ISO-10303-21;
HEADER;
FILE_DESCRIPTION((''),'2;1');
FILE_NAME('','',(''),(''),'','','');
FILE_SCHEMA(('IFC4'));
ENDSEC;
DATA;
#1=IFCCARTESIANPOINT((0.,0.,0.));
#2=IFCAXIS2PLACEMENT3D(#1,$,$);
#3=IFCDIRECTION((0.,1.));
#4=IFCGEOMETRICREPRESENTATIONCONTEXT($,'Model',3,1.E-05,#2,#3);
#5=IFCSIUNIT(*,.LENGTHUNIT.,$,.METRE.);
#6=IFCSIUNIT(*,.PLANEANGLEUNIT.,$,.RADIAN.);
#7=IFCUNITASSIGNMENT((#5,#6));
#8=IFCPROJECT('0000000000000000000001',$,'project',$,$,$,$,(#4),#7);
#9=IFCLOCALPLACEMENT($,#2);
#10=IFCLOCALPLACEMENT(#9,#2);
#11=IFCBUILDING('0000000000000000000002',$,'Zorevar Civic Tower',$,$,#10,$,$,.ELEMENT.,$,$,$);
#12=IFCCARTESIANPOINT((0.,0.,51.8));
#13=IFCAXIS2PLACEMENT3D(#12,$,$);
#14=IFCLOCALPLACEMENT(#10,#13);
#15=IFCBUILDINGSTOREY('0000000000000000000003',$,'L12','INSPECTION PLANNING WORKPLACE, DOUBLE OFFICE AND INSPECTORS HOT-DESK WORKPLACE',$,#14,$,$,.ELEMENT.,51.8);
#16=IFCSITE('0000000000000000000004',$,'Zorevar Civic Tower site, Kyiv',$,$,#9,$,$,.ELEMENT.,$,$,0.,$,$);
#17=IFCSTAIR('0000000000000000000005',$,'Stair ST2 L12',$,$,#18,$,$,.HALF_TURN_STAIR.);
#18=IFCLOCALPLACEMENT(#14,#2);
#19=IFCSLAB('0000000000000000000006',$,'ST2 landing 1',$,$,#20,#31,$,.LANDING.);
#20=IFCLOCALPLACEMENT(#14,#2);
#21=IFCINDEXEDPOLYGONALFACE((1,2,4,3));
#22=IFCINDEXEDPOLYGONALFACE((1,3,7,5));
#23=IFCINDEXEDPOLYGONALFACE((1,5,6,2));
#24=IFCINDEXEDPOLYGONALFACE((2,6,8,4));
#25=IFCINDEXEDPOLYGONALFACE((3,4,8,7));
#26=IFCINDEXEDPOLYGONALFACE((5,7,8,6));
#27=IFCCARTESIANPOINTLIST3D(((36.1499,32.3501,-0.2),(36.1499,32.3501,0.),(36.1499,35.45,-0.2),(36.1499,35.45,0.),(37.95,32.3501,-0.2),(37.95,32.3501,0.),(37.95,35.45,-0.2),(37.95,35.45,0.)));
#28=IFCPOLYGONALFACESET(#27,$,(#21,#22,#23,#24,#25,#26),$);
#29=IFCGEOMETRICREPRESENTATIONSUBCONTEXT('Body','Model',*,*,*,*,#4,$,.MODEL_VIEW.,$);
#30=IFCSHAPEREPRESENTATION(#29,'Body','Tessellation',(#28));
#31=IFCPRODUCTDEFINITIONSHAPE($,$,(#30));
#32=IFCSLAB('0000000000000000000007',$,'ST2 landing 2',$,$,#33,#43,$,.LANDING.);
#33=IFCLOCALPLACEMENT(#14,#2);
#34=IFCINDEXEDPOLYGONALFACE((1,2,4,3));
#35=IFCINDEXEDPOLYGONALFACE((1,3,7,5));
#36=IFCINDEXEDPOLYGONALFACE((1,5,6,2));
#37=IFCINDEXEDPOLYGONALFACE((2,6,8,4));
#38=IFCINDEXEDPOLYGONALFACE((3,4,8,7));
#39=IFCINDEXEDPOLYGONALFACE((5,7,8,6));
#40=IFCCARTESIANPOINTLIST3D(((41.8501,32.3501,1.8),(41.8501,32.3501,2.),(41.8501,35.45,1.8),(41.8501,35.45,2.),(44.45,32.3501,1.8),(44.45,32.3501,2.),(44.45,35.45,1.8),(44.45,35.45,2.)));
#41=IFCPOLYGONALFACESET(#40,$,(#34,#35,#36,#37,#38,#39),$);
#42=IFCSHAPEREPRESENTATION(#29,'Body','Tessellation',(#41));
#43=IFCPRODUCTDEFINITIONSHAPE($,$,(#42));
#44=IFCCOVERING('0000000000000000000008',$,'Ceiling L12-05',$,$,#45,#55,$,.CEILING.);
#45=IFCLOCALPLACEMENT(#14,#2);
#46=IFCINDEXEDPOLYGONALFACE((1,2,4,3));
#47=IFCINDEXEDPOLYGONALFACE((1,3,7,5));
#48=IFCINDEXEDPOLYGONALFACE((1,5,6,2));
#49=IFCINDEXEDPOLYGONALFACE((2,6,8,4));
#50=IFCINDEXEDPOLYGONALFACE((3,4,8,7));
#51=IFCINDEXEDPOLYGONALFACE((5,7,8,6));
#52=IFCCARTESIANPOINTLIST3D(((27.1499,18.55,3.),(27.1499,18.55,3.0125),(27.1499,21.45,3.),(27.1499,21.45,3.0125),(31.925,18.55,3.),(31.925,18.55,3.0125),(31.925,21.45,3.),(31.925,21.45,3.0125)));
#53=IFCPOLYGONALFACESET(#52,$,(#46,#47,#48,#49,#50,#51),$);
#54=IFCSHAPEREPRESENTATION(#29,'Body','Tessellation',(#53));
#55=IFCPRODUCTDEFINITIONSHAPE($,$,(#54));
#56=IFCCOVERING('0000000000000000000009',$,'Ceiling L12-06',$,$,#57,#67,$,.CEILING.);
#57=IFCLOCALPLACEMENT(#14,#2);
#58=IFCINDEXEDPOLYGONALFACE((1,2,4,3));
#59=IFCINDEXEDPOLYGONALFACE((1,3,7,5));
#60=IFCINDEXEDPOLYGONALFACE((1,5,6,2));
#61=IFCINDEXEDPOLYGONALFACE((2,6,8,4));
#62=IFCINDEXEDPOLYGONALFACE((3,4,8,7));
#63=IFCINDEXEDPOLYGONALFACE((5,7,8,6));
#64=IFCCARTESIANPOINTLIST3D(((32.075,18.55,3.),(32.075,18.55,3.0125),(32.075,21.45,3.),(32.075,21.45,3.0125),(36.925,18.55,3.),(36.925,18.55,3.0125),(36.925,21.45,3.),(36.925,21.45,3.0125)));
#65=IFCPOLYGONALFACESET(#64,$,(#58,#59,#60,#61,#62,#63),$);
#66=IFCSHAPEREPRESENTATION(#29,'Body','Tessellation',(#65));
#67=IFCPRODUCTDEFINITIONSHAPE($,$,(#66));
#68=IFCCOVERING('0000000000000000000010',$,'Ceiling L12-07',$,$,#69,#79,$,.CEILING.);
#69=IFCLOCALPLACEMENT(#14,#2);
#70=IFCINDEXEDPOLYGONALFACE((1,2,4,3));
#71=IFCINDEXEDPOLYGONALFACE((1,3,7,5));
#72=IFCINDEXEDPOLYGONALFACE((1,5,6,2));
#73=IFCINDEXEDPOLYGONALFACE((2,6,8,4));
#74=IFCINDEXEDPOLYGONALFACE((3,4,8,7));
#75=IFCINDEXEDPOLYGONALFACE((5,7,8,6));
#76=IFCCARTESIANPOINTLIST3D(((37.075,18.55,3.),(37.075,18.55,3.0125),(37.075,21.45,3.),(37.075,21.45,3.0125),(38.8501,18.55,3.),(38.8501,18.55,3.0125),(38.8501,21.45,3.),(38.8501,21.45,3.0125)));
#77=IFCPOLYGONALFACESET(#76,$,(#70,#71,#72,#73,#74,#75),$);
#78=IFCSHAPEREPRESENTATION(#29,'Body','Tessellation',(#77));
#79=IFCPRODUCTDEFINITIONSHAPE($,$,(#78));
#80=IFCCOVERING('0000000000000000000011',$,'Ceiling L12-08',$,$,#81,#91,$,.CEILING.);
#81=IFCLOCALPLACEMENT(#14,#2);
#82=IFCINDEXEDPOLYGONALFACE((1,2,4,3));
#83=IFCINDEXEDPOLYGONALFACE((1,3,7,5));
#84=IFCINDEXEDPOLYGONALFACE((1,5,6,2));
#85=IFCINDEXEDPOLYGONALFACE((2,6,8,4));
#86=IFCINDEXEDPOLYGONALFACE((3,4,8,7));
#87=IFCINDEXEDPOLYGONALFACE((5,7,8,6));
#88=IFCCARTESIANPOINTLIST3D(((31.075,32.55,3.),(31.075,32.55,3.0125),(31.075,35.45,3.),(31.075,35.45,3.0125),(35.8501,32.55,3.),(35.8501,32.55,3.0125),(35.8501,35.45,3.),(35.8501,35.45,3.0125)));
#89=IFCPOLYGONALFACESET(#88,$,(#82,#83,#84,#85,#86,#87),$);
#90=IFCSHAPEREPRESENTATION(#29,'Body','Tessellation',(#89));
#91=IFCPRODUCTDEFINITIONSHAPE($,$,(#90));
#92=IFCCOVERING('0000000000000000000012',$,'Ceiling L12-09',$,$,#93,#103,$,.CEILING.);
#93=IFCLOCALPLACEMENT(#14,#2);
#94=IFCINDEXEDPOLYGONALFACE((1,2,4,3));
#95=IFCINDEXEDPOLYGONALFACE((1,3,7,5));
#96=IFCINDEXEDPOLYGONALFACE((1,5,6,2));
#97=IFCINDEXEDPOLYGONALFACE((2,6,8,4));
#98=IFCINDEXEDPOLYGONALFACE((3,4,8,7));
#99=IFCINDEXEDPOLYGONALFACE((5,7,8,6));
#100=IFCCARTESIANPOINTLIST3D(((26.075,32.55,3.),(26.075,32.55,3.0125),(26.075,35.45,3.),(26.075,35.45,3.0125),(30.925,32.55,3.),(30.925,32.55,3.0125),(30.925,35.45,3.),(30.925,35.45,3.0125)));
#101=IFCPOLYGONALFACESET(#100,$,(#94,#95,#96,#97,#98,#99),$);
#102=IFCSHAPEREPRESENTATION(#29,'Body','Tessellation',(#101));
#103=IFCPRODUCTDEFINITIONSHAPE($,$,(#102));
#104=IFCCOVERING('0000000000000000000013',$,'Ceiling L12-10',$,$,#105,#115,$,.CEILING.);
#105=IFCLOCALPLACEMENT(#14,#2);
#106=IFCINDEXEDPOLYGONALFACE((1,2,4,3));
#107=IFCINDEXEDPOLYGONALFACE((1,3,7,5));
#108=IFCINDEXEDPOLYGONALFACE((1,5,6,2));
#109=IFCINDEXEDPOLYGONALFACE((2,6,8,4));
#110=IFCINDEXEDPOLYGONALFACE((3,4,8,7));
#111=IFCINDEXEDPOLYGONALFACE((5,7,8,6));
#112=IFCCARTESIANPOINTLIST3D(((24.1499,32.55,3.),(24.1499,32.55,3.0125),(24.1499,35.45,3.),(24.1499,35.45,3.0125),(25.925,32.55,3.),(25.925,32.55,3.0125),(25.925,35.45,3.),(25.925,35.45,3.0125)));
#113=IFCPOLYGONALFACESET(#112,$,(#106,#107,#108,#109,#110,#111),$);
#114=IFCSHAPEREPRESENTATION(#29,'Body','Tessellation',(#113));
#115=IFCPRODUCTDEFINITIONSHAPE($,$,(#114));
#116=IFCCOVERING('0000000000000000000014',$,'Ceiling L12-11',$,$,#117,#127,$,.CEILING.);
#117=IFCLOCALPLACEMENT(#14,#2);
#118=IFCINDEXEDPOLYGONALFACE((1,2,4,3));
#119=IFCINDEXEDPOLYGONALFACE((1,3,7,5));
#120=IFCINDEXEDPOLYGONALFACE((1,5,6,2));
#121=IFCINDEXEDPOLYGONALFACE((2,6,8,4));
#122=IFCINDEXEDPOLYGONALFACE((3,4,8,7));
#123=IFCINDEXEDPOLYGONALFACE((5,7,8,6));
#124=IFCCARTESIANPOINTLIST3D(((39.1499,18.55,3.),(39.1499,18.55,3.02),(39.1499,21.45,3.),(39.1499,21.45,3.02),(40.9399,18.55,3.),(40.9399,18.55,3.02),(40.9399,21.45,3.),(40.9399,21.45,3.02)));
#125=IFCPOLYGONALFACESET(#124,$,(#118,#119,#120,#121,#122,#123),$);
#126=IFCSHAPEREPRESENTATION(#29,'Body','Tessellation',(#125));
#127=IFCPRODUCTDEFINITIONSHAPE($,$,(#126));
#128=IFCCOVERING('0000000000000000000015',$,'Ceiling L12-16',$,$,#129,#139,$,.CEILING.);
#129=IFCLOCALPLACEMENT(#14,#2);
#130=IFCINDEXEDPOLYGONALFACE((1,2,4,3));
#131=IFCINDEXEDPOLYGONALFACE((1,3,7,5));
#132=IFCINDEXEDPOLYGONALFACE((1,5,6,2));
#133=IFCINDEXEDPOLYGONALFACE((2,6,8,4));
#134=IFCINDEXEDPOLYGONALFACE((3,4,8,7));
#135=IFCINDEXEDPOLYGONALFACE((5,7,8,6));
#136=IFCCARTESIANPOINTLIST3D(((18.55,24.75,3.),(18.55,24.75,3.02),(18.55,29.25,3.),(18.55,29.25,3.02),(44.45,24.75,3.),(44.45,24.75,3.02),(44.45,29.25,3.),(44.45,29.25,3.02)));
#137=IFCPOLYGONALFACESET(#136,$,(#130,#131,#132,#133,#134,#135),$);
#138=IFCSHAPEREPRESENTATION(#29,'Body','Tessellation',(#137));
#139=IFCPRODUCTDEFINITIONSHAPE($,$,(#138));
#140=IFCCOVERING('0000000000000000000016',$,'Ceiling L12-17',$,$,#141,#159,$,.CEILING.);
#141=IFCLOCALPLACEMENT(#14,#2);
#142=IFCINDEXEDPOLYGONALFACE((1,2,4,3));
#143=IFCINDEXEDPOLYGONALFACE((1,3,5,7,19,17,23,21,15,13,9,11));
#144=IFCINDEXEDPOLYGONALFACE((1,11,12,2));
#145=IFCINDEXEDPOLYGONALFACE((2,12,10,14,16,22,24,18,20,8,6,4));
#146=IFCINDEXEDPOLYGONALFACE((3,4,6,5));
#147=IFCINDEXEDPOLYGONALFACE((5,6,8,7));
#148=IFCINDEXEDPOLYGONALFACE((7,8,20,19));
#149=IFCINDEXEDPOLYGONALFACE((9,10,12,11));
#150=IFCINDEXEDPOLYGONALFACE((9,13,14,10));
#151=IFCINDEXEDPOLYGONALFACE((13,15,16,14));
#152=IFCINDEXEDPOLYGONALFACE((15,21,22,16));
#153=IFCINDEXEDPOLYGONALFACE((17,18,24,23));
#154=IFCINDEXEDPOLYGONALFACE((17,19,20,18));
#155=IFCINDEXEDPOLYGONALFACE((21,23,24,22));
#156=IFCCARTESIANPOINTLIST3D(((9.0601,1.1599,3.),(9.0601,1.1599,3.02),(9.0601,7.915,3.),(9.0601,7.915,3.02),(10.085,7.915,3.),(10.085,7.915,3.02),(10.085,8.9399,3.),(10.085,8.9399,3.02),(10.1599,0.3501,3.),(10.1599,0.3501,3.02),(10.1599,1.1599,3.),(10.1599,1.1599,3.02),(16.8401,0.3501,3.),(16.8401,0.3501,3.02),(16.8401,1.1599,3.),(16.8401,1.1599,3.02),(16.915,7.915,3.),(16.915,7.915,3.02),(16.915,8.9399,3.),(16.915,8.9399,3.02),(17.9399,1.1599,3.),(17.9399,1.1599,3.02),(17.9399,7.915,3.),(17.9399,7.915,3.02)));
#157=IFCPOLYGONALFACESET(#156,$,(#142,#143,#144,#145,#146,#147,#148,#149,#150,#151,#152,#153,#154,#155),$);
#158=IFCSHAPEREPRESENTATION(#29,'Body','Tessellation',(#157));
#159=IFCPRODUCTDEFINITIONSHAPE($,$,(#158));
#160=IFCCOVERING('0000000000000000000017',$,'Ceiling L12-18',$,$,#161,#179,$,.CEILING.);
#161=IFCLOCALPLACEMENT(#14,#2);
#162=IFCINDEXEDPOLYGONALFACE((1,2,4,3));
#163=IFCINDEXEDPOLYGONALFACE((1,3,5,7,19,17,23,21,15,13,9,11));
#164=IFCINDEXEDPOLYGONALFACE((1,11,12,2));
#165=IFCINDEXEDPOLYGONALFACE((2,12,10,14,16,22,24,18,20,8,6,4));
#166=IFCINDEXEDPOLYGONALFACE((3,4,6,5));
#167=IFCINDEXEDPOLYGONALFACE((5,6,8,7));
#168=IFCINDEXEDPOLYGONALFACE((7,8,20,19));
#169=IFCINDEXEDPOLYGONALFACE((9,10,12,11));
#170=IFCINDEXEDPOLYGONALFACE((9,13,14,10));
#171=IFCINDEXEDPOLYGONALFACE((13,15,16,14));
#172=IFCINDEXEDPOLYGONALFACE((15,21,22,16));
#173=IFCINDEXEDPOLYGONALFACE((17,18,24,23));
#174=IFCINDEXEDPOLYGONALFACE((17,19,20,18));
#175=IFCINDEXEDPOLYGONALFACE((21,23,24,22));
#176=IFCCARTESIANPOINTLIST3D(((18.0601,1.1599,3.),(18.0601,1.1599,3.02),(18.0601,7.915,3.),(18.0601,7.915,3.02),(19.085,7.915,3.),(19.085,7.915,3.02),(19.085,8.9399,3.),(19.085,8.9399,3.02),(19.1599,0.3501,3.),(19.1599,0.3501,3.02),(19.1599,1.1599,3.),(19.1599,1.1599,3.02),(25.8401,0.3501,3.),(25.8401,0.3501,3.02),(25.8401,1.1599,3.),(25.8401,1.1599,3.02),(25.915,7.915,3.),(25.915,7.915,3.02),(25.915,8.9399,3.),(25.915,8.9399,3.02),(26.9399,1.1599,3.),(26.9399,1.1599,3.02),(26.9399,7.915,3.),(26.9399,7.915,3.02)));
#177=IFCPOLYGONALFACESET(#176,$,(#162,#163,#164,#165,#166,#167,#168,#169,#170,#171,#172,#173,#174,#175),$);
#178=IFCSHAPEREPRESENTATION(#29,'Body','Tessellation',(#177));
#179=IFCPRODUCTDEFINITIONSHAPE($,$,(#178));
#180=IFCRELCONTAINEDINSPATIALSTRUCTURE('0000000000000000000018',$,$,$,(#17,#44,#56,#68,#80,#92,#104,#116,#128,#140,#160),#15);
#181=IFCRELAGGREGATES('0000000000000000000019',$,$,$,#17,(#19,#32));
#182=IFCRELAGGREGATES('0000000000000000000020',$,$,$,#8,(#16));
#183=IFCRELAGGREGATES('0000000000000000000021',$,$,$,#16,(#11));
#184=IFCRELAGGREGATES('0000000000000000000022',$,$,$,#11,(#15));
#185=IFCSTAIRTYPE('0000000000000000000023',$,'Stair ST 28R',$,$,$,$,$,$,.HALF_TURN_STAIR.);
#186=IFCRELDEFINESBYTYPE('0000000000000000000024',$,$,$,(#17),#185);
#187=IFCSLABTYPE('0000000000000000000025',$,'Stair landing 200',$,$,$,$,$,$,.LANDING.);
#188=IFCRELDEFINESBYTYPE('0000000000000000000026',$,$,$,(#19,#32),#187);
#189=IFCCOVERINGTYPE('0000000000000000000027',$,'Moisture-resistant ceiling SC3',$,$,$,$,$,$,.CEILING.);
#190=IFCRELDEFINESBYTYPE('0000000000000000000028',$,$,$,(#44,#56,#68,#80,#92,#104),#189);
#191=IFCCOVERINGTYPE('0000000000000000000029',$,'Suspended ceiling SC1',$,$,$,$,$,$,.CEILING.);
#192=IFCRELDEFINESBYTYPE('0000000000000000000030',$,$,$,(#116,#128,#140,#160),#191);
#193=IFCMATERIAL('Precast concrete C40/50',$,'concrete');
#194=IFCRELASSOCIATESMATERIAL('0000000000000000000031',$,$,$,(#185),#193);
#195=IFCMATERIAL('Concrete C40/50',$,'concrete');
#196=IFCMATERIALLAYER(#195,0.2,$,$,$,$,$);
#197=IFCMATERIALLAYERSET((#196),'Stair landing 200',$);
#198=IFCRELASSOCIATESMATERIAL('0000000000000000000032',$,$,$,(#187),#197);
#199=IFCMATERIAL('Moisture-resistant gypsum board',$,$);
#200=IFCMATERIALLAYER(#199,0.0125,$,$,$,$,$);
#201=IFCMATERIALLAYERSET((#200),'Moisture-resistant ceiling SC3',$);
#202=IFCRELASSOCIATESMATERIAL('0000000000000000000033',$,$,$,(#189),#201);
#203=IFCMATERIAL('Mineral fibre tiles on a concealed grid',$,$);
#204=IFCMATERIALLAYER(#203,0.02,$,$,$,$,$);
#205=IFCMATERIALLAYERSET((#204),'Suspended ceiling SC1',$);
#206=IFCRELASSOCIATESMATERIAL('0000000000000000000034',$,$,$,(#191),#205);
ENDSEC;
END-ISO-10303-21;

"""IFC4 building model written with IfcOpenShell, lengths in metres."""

from ifc_helpers import new_model, si_unit, direction, frame, origin, place, context, subcontext, project, spatial, polyline, outline, extrude, material, layer, layer_set, type_object, element, aggregate, save


model = new_model("IFC4")

# Units and contexts
model_context = context("Model", 3, precision=1e-05, world=origin(), true_north=direction((0.0, 1.0)))
body_context = subcontext(model_context, "Body", "Model", "MODEL_VIEW")
ifc_project = project(units=[si_unit("LENGTHUNIT", "METRE"), si_unit("PLANEANGLEUNIT", "RADIAN")], contexts=[model_context])

# Site, building, storey
site_placement = place(None, origin())
site = spatial("IfcSite", under=ifc_project, at=site_placement, Name="Zorevar Civic Tower site, Kyiv", CompositionType="ELEMENT", RefElevation=0.0)
building_placement = place(site_placement, origin())
building = spatial("IfcBuilding", under=site, at=building_placement, Name="Zorevar Civic Tower", CompositionType="ELEMENT")
storey_placement = place(building_placement, frame((0.0, 0.0, 51.8)))
storey = spatial("IfcBuildingStorey", under=building, at=storey_placement, Name="L12", Description="INSPECTION PLANNING WORKPLACE, DOUBLE OFFICE AND INSPECTORS HOT-DESK WORKPLACE", CompositionType="ELEMENT", Elevation=51.8)

# Stair, slabs
ifc_material_1 = material(Name="Precast concrete C40/50", Category="concrete")
stair_type = type_object("IfcStairType", Name="Stair ST 28R", PredefinedType="HALF_TURN_STAIR", material=ifc_material_1)
ifc_material_2 = material(Name="Concrete C40/50", Category="concrete")
ifc_layer_1 = layer(ifc_material_2, 0.2)
ifc_layer_set_1 = layer_set([ifc_layer_1], Name="Stair landing 200")
slab_type_1 = type_object("IfcSlabType", Name="Stair landing 200", PredefinedType="LANDING", material=ifc_layer_set_1)
stair_1_placement = place(storey_placement, origin())
stair_1 = element("IfcStair", 1, at=stair_1_placement, inside=storey, type_object=stair_type, Name="Stair ST2 L12", PredefinedType="HALF_TURN_STAIR")
slab_1_placement = place(storey_placement, frame((0.0, 0.0, -0.2)))
slab_1 = element("IfcSlab", 2, at=slab_1_placement, type_object=slab_type_1, Name="ST2 landing 1", PredefinedType="LANDING", context=body_context, shape_type="SweptSolid", body=[
    extrude(outline(polyline([(37.95, 32.3501), (36.1499, 32.3501), (36.1499, 35.45), (37.95, 35.45), (37.95, 32.3501)])), origin(), (0.0, 0.0, 1.0), 0.2),
])
slab_2_placement = place(storey_placement, frame((0.0, 0.0, 1.8)))
slab_2 = element("IfcSlab", 3, at=slab_2_placement, type_object=slab_type_1, Name="ST2 landing 2", PredefinedType="LANDING", context=body_context, shape_type="SweptSolid", body=[
    extrude(outline(polyline([(44.45, 32.3501), (41.8501, 32.3501), (41.8501, 35.45), (44.45, 35.45), (44.45, 32.3501)])), origin(), (0.0, 0.0, 1.0), 0.2),
])
aggregate(stair_1, [slab_1, slab_2])

# Coverings
ifc_material_3 = material(Name="Moisture-resistant gypsum board")
ifc_layer_2 = layer(ifc_material_3, 0.0125)
ifc_layer_set_2 = layer_set([ifc_layer_2], Name="Moisture-resistant ceiling SC3")
covering_type_1 = type_object("IfcCoveringType", Name="Moisture-resistant ceiling SC3", PredefinedType="CEILING", material=ifc_layer_set_2)
covering_1_placement = place(storey_placement, frame((0.0, 0.0, 3.0)))
element("IfcCovering", 4, at=covering_1_placement, inside=storey, type_object=covering_type_1, Name="Ceiling L12-05", PredefinedType="CEILING", context=body_context, shape_type="SweptSolid", body=[
    extrude(outline(polyline([(31.925, 18.55), (31.925, 21.45), (27.1499, 21.45), (27.1499, 18.55), (31.925, 18.55)])), origin(), (0.0, 0.0, 1.0), 0.0125),
])
covering_2_placement = place(storey_placement, frame((0.0, 0.0, 3.0)))
element("IfcCovering", 5, at=covering_2_placement, inside=storey, type_object=covering_type_1, Name="Ceiling L12-06", PredefinedType="CEILING", context=body_context, shape_type="SweptSolid", body=[
    extrude(outline(polyline([(36.925, 18.55), (36.925, 21.45), (32.075, 21.45), (32.075, 18.55), (36.925, 18.55)])), origin(), (0.0, 0.0, 1.0), 0.0125),
])
covering_3_placement = place(storey_placement, frame((0.0, 0.0, 3.0)))
element("IfcCovering", 6, at=covering_3_placement, inside=storey, type_object=covering_type_1, Name="Ceiling L12-07", PredefinedType="CEILING", context=body_context, shape_type="SweptSolid", body=[
    extrude(outline(polyline([(38.8501, 18.55), (38.8501, 21.45), (37.075, 21.45), (37.075, 18.55), (38.8501, 18.55)])), origin(), (0.0, 0.0, 1.0), 0.0125),
])
covering_4_placement = place(storey_placement, frame((0.0, 0.0, 3.0)))
element("IfcCovering", 7, at=covering_4_placement, inside=storey, type_object=covering_type_1, Name="Ceiling L12-08", PredefinedType="CEILING", context=body_context, shape_type="SweptSolid", body=[
    extrude(outline(polyline([(35.8501, 32.55), (35.8501, 35.45), (31.075, 35.45), (31.075, 32.55), (35.8501, 32.55)])), origin(), (0.0, 0.0, 1.0), 0.0125),
])
covering_5_placement = place(storey_placement, frame((0.0, 0.0, 3.0)))
element("IfcCovering", 8, at=covering_5_placement, inside=storey, type_object=covering_type_1, Name="Ceiling L12-09", PredefinedType="CEILING", context=body_context, shape_type="SweptSolid", body=[
    extrude(outline(polyline([(30.925, 32.55), (30.925, 35.45), (26.075, 35.45), (26.075, 32.55), (30.925, 32.55)])), origin(), (0.0, 0.0, 1.0), 0.0125),
])
covering_6_placement = place(storey_placement, frame((0.0, 0.0, 3.0)))
element("IfcCovering", 9, at=covering_6_placement, inside=storey, type_object=covering_type_1, Name="Ceiling L12-10", PredefinedType="CEILING", context=body_context, shape_type="SweptSolid", body=[
    extrude(outline(polyline([(25.925, 32.55), (25.925, 35.45), (24.1499, 35.45), (24.1499, 32.55), (25.925, 32.55)])), origin(), (0.0, 0.0, 1.0), 0.0125),
])
ifc_material_4 = material(Name="Mineral fibre tiles on a concealed grid")
ifc_layer_3 = layer(ifc_material_4, 0.02)
ifc_layer_set_3 = layer_set([ifc_layer_3], Name="Suspended ceiling SC1")
covering_type_2 = type_object("IfcCoveringType", Name="Suspended ceiling SC1", PredefinedType="CEILING", material=ifc_layer_set_3)
covering_7_placement = place(storey_placement, frame((0.0, 0.0, 3.0)))
element("IfcCovering", 10, at=covering_7_placement, inside=storey, type_object=covering_type_2, Name="Ceiling L12-11", PredefinedType="CEILING", context=body_context, shape_type="SweptSolid", body=[
    extrude(outline(polyline([(40.9399, 18.55), (40.9399, 21.45), (39.1499, 21.45), (39.1499, 18.55), (40.9399, 18.55)])), origin(), (0.0, 0.0, 1.0), 0.02),
])
covering_8_placement = place(storey_placement, frame((0.0, 0.0, 3.0)))
element("IfcCovering", 11, at=covering_8_placement, inside=storey, type_object=covering_type_2, Name="Ceiling L12-16", PredefinedType="CEILING", context=body_context, shape_type="SweptSolid", body=[
    extrude(outline(polyline([(44.45, 24.75), (44.45, 29.25), (18.55, 29.25), (18.55, 24.75), (44.45, 24.75)])), origin(), (0.0, 0.0, 1.0), 0.02),
])
covering_9_placement = place(storey_placement, frame((0.0, 0.0, 3.0)))
element("IfcCovering", 12, at=covering_9_placement, inside=storey, type_object=covering_type_2, Name="Ceiling L12-17", PredefinedType="CEILING", context=body_context, shape_type="SweptSolid", body=[
    extrude(outline(polyline([(9.0601, 1.1599), (9.0601, 7.915), (10.085, 7.915), (10.085, 8.9399), (16.915, 8.9399), (16.915, 7.915), (17.9399, 7.915), (17.9399, 1.1599), (16.8401, 1.1599), (16.8401, 0.3501), (10.1599, 0.3501), (10.1599, 1.1599), (9.0601, 1.1599)])), origin(), (0.0, 0.0, 1.0), 0.02),
])
covering_10_placement = place(storey_placement, frame((0.0, 0.0, 3.0)))
element("IfcCovering", 13, at=covering_10_placement, inside=storey, type_object=covering_type_2, Name="Ceiling L12-18", PredefinedType="CEILING", context=body_context, shape_type="SweptSolid", body=[
    extrude(outline(polyline([(18.0601, 1.1599), (18.0601, 7.915), (19.085, 7.915), (19.085, 8.9399), (25.915, 8.9399), (25.915, 7.915), (26.9399, 7.915), (26.9399, 1.1599), (25.8401, 1.1599), (25.8401, 0.3501), (19.1599, 0.3501), (19.1599, 1.1599), (18.0601, 1.1599)])), origin(), (0.0, 0.0, 1.0), 0.02),
])

save(model, "model.ifc")
